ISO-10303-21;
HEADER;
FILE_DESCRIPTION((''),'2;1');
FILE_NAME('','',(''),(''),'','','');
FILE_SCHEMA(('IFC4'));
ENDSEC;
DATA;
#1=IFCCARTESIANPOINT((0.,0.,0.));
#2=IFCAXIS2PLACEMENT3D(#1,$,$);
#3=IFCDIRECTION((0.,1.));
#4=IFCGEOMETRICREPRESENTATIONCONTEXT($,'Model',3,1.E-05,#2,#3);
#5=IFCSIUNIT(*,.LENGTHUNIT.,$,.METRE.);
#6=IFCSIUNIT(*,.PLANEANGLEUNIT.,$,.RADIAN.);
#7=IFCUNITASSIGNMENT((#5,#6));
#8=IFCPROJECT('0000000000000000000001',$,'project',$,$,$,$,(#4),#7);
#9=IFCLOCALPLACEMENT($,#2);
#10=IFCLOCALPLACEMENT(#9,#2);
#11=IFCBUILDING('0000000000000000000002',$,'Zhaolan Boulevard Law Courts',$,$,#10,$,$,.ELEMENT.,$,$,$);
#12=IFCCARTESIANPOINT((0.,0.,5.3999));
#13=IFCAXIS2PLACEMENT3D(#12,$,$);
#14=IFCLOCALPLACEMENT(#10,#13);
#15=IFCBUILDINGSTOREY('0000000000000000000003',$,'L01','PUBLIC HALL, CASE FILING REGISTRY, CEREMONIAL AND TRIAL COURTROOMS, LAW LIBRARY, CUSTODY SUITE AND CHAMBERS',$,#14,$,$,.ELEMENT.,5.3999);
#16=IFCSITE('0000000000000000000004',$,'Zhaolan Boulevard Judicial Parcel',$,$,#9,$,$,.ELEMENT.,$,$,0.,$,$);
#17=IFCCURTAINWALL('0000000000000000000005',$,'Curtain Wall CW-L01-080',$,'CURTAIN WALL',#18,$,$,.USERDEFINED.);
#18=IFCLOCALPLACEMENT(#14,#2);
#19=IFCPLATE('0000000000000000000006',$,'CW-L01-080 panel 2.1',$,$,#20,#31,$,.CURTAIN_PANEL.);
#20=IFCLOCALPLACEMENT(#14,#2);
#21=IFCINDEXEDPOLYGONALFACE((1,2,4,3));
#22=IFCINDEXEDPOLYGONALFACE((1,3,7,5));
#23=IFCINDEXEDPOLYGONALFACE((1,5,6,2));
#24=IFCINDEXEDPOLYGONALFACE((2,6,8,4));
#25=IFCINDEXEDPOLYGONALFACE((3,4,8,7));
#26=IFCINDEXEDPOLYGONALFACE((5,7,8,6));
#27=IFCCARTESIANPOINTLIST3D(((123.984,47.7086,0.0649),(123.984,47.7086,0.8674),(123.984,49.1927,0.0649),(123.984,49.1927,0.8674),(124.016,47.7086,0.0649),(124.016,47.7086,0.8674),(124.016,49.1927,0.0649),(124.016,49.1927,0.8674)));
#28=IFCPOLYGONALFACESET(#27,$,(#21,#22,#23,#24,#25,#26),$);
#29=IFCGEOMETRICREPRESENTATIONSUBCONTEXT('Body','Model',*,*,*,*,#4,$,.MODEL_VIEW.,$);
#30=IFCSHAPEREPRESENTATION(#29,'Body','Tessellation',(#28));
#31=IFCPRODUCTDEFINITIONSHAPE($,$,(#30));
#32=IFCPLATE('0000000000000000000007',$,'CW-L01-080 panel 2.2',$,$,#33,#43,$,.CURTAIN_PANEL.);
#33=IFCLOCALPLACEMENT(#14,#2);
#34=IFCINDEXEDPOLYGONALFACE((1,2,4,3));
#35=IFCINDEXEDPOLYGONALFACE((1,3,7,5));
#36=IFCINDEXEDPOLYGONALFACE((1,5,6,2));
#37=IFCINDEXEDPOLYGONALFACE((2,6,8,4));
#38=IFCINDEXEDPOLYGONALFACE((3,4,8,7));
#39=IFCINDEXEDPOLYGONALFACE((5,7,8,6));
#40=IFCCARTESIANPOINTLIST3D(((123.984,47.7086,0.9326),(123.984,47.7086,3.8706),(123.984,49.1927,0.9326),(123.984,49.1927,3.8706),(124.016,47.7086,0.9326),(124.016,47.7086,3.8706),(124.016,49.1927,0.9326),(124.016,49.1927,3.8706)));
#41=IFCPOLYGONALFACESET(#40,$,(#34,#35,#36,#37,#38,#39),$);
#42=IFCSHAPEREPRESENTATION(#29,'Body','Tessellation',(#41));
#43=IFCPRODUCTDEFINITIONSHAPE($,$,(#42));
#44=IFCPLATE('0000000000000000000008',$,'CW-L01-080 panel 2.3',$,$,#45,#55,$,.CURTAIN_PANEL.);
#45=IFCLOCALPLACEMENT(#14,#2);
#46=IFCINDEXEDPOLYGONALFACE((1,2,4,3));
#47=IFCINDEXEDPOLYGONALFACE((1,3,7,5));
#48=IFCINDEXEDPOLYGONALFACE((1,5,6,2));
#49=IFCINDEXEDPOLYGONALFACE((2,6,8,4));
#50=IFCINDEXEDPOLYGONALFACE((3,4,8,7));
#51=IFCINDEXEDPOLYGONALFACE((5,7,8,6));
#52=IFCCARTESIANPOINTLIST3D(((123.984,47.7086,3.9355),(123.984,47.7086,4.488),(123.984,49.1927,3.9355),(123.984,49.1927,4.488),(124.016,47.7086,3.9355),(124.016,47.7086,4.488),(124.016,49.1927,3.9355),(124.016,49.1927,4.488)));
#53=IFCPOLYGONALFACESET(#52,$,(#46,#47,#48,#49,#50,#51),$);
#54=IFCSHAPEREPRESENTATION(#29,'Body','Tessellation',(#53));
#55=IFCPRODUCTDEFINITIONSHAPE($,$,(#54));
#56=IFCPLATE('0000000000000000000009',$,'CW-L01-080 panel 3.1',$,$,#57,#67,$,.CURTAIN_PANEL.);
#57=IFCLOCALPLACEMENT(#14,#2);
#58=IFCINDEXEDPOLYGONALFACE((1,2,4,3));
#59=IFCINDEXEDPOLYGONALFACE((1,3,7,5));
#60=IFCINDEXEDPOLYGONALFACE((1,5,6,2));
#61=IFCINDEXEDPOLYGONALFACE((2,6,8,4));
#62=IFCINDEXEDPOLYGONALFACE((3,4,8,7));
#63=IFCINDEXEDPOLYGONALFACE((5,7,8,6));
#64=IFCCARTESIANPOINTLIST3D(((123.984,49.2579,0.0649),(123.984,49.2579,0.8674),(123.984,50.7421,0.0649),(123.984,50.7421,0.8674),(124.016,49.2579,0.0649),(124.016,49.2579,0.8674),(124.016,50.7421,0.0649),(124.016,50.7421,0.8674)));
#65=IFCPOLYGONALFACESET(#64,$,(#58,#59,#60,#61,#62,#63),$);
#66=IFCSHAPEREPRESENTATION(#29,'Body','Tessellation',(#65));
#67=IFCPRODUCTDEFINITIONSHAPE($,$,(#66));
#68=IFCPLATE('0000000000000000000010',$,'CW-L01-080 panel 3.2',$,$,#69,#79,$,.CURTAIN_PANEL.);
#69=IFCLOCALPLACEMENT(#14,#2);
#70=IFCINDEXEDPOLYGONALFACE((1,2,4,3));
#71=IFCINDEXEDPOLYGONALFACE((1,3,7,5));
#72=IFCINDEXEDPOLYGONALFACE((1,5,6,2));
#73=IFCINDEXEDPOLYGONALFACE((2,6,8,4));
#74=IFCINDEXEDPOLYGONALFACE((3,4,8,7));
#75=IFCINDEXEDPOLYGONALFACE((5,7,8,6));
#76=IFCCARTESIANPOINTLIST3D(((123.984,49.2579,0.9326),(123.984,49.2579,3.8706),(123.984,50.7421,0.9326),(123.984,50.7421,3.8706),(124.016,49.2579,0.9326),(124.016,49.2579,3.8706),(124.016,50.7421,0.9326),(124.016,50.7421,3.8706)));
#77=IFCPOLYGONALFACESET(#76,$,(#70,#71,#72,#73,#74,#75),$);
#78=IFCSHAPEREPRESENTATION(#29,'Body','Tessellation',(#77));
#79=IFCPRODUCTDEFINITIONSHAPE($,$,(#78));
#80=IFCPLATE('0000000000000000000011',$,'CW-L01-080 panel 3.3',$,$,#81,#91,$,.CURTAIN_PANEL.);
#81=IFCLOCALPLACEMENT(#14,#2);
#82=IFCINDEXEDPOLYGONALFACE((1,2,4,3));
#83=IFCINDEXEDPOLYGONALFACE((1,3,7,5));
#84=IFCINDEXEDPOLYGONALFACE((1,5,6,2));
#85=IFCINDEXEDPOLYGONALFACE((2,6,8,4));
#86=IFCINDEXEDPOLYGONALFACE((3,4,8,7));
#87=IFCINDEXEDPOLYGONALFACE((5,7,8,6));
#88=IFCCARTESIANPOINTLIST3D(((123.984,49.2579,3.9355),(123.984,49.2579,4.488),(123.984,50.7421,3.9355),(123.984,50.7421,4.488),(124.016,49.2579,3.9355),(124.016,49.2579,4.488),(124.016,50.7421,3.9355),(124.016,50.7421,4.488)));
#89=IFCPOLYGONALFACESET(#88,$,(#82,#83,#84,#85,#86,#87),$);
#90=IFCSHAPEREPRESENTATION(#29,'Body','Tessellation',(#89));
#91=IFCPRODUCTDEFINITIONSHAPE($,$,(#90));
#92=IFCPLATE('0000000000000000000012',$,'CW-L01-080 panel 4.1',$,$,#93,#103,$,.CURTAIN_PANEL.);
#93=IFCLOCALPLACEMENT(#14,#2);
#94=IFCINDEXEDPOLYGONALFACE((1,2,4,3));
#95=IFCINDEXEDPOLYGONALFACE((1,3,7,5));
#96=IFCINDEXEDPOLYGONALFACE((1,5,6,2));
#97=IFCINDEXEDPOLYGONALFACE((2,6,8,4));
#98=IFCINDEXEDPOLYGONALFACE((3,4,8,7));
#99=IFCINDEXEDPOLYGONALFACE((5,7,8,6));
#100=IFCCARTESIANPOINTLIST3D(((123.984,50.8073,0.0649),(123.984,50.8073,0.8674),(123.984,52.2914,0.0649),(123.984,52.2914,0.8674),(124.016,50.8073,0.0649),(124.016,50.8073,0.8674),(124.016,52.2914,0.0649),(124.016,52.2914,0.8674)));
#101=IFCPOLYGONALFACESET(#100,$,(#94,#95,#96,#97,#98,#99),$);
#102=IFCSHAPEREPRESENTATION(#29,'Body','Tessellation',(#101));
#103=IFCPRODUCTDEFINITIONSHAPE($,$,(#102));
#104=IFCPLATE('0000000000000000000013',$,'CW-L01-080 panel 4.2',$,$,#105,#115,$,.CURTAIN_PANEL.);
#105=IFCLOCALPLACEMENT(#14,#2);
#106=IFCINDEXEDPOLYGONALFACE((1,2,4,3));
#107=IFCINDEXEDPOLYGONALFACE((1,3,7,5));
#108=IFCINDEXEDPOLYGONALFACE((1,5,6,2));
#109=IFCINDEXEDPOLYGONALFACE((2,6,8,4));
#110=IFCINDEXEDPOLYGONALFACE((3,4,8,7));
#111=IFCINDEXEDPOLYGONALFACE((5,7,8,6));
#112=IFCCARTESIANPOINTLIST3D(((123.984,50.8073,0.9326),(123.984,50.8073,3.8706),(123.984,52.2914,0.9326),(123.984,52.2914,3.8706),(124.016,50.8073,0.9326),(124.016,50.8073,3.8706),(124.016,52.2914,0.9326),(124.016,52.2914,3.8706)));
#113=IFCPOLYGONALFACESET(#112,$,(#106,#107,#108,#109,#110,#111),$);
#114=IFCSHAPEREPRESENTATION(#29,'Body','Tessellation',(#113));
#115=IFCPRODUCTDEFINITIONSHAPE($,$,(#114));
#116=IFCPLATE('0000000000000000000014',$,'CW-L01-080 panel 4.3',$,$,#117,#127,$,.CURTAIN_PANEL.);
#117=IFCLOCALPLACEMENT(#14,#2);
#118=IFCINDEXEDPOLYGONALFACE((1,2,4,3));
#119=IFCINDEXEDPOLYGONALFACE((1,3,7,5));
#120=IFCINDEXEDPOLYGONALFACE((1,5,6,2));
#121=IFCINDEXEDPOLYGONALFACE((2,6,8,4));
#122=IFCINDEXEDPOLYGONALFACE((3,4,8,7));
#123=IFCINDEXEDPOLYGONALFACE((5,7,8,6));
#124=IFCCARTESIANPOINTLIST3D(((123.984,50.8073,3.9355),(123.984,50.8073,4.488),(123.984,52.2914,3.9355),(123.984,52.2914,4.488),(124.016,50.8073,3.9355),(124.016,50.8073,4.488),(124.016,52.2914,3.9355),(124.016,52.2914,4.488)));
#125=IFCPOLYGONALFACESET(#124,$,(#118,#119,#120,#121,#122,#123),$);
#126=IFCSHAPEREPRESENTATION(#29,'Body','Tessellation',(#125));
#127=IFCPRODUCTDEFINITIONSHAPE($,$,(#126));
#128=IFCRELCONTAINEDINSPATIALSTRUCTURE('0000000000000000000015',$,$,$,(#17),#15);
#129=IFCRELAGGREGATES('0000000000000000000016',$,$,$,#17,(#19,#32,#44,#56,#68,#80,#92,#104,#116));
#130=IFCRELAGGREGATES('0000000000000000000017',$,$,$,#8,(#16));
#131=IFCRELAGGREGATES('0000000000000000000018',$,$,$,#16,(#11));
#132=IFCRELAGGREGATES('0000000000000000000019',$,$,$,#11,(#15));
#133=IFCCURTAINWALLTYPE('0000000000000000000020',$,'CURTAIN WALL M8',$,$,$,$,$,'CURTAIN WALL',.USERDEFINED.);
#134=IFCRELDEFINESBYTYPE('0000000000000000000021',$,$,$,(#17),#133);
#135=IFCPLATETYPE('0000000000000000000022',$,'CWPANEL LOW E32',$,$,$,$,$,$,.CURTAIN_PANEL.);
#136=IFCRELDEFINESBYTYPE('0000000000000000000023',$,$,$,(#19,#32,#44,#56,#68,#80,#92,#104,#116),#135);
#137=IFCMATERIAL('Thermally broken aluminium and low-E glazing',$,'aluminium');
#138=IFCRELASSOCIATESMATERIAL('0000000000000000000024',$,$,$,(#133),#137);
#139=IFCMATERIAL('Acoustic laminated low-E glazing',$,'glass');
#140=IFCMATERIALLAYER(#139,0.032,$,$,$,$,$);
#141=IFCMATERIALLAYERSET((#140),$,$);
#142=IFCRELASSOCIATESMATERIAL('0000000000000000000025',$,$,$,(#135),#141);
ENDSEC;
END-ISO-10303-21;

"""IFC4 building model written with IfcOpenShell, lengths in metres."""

from ifc_helpers import new_model, si_unit, direction, frame, origin, origin_2d, place, context, subcontext, project, spatial, rectangle, extrude, material, layer, layer_set, type_object, element, aggregate, save


model = new_model("IFC4")

# Units and contexts
model_context = context("Model", 3, precision=1e-05, world=origin(), true_north=direction((0.0, 1.0)))
body_context = subcontext(model_context, "Body", "Model", "MODEL_VIEW")
ifc_project = project(units=[si_unit("LENGTHUNIT", "METRE"), si_unit("PLANEANGLEUNIT", "RADIAN")], contexts=[model_context])

# Site, building, storey
site_placement = place(None, origin())
site = spatial("IfcSite", under=ifc_project, at=site_placement, Name="Zhaolan Boulevard Judicial Parcel", CompositionType="ELEMENT", RefElevation=0.0)
building_placement = place(site_placement, origin())
building = spatial("IfcBuilding", under=site, at=building_placement, Name="Zhaolan Boulevard Law Courts", CompositionType="ELEMENT")
storey_placement = place(building_placement, frame((0.0, 0.0, 5.3999)))
storey = spatial("IfcBuildingStorey", under=building, at=storey_placement, Name="L01", Description="PUBLIC HALL, CASE FILING REGISTRY, CEREMONIAL AND TRIAL COURTROOMS, LAW LIBRARY, CUSTODY SUITE AND CHAMBERS", CompositionType="ELEMENT", Elevation=5.3999)

# Curtain wall
ifc_material_1 = material(Name="Thermally broken aluminium and low-E glazing", Category="aluminium")
curtain_wall_type_1 = type_object("IfcCurtainWallType", Name="CURTAIN WALL M8", ElementType="CURTAIN WALL", PredefinedType="USERDEFINED", material=ifc_material_1)
curtain_wall_1_placement = place(storey_placement, origin())
curtain_wall_1 = element("IfcCurtainWall", 1, at=curtain_wall_1_placement, inside=storey, type_object=curtain_wall_type_1, Name="Curtain Wall CW-L01-080", ObjectType="CURTAIN WALL", PredefinedType="USERDEFINED")

# Plates
ifc_material_2 = material(Name="Acoustic laminated low-E glazing", Category="glass")
ifc_layer = layer(ifc_material_2, 0.032)
ifc_layer_set = layer_set([ifc_layer])
plate_type = type_object("IfcPlateType", Name="CWPANEL LOW E32", PredefinedType="CURTAIN_PANEL", material=ifc_layer_set)
plate_1_placement = place(storey_placement, frame((124.0, 48.4507, 0.0649), z_axis=(0.0, 0.0, 1.0), x_axis=(0.0, 1.0, 0.0)))
plate_1 = element("IfcPlate", 2, at=plate_1_placement, type_object=plate_type, Name="CW-L01-080 panel 2.1", PredefinedType="CURTAIN_PANEL", context=body_context, shape_type="SweptSolid", body=[
    extrude(rectangle(XDim=1.4841, YDim=0.032, at=origin_2d()), origin(), (0.0, 0.0, 1.0), 0.8025),
])
plate_2_placement = place(storey_placement, frame((124.0, 48.4507, 0.9326), z_axis=(0.0, 0.0, 1.0), x_axis=(0.0, 1.0, 0.0)))
plate_2 = element("IfcPlate", 3, at=plate_2_placement, type_object=plate_type, Name="CW-L01-080 panel 2.2", PredefinedType="CURTAIN_PANEL", context=body_context, shape_type="SweptSolid", body=[
    extrude(rectangle(XDim=1.4841, YDim=0.032, at=origin_2d()), origin(), (0.0, 0.0, 1.0), 2.938),
])
plate_3_placement = place(storey_placement, frame((124.0, 48.4507, 3.9355), z_axis=(0.0, 0.0, 1.0), x_axis=(0.0, 1.0, 0.0)))
plate_3 = element("IfcPlate", 4, at=plate_3_placement, type_object=plate_type, Name="CW-L01-080 panel 2.3", PredefinedType="CURTAIN_PANEL", context=body_context, shape_type="SweptSolid", body=[
    extrude(rectangle(XDim=1.4841, YDim=0.032, at=origin_2d()), origin(), (0.0, 0.0, 1.0), 0.5525),
])
plate_4_placement = place(storey_placement, frame((124.0, 50.0, 0.0649), z_axis=(0.0, 0.0, 1.0), x_axis=(0.0, 1.0, 0.0)))
plate_4 = element("IfcPlate", 5, at=plate_4_placement, type_object=plate_type, Name="CW-L01-080 panel 3.1", PredefinedType="CURTAIN_PANEL", context=body_context, shape_type="SweptSolid", body=[
    extrude(rectangle(XDim=1.4841, YDim=0.032, at=origin_2d()), origin(), (0.0, 0.0, 1.0), 0.8025),
])
plate_5_placement = place(storey_placement, frame((124.0, 50.0, 0.9326), z_axis=(0.0, 0.0, 1.0), x_axis=(0.0, 1.0, 0.0)))
plate_5 = element("IfcPlate", 6, at=plate_5_placement, type_object=plate_type, Name="CW-L01-080 panel 3.2", PredefinedType="CURTAIN_PANEL", context=body_context, shape_type="SweptSolid", body=[
    extrude(rectangle(XDim=1.4841, YDim=0.032, at=origin_2d()), origin(), (0.0, 0.0, 1.0), 2.938),
])
plate_6_placement = place(storey_placement, frame((124.0, 50.0, 3.9355), z_axis=(0.0, 0.0, 1.0), x_axis=(0.0, 1.0, 0.0)))
plate_6 = element("IfcPlate", 7, at=plate_6_placement, type_object=plate_type, Name="CW-L01-080 panel 3.3", PredefinedType="CURTAIN_PANEL", context=body_context, shape_type="SweptSolid", body=[
    extrude(rectangle(XDim=1.4841, YDim=0.032, at=origin_2d()), origin(), (0.0, 0.0, 1.0), 0.5525),
])
plate_7_placement = place(storey_placement, frame((124.0, 51.5493, 0.0649), z_axis=(0.0, 0.0, 1.0), x_axis=(0.0, 1.0, 0.0)))
plate_7 = element("IfcPlate", 8, at=plate_7_placement, type_object=plate_type, Name="CW-L01-080 panel 4.1", PredefinedType="CURTAIN_PANEL", context=body_context, shape_type="SweptSolid", body=[
    extrude(rectangle(XDim=1.4841, YDim=0.032, at=origin_2d()), origin(), (0.0, 0.0, 1.0), 0.8025),
])
plate_8_placement = place(storey_placement, frame((124.0, 51.5493, 0.9326), z_axis=(0.0, 0.0, 1.0), x_axis=(0.0, 1.0, 0.0)))
plate_8 = element("IfcPlate", 9, at=plate_8_placement, type_object=plate_type, Name="CW-L01-080 panel 4.2", PredefinedType="CURTAIN_PANEL", context=body_context, shape_type="SweptSolid", body=[
    extrude(rectangle(XDim=1.4841, YDim=0.032, at=origin_2d()), origin(), (0.0, 0.0, 1.0), 2.938),
])
plate_9_placement = place(storey_placement, frame((124.0, 51.5493, 3.9355), z_axis=(0.0, 0.0, 1.0), x_axis=(0.0, 1.0, 0.0)))
plate_9 = element("IfcPlate", 10, at=plate_9_placement, type_object=plate_type, Name="CW-L01-080 panel 4.3", PredefinedType="CURTAIN_PANEL", context=body_context, shape_type="SweptSolid", body=[
    extrude(rectangle(XDim=1.4841, YDim=0.032, at=origin_2d()), origin(), (0.0, 0.0, 1.0), 0.5525),
])
aggregate(curtain_wall_1, [plate_1, plate_2, plate_3, plate_4, plate_5, plate_6, plate_7, plate_8, plate_9])

save(model, "model.ifc")
